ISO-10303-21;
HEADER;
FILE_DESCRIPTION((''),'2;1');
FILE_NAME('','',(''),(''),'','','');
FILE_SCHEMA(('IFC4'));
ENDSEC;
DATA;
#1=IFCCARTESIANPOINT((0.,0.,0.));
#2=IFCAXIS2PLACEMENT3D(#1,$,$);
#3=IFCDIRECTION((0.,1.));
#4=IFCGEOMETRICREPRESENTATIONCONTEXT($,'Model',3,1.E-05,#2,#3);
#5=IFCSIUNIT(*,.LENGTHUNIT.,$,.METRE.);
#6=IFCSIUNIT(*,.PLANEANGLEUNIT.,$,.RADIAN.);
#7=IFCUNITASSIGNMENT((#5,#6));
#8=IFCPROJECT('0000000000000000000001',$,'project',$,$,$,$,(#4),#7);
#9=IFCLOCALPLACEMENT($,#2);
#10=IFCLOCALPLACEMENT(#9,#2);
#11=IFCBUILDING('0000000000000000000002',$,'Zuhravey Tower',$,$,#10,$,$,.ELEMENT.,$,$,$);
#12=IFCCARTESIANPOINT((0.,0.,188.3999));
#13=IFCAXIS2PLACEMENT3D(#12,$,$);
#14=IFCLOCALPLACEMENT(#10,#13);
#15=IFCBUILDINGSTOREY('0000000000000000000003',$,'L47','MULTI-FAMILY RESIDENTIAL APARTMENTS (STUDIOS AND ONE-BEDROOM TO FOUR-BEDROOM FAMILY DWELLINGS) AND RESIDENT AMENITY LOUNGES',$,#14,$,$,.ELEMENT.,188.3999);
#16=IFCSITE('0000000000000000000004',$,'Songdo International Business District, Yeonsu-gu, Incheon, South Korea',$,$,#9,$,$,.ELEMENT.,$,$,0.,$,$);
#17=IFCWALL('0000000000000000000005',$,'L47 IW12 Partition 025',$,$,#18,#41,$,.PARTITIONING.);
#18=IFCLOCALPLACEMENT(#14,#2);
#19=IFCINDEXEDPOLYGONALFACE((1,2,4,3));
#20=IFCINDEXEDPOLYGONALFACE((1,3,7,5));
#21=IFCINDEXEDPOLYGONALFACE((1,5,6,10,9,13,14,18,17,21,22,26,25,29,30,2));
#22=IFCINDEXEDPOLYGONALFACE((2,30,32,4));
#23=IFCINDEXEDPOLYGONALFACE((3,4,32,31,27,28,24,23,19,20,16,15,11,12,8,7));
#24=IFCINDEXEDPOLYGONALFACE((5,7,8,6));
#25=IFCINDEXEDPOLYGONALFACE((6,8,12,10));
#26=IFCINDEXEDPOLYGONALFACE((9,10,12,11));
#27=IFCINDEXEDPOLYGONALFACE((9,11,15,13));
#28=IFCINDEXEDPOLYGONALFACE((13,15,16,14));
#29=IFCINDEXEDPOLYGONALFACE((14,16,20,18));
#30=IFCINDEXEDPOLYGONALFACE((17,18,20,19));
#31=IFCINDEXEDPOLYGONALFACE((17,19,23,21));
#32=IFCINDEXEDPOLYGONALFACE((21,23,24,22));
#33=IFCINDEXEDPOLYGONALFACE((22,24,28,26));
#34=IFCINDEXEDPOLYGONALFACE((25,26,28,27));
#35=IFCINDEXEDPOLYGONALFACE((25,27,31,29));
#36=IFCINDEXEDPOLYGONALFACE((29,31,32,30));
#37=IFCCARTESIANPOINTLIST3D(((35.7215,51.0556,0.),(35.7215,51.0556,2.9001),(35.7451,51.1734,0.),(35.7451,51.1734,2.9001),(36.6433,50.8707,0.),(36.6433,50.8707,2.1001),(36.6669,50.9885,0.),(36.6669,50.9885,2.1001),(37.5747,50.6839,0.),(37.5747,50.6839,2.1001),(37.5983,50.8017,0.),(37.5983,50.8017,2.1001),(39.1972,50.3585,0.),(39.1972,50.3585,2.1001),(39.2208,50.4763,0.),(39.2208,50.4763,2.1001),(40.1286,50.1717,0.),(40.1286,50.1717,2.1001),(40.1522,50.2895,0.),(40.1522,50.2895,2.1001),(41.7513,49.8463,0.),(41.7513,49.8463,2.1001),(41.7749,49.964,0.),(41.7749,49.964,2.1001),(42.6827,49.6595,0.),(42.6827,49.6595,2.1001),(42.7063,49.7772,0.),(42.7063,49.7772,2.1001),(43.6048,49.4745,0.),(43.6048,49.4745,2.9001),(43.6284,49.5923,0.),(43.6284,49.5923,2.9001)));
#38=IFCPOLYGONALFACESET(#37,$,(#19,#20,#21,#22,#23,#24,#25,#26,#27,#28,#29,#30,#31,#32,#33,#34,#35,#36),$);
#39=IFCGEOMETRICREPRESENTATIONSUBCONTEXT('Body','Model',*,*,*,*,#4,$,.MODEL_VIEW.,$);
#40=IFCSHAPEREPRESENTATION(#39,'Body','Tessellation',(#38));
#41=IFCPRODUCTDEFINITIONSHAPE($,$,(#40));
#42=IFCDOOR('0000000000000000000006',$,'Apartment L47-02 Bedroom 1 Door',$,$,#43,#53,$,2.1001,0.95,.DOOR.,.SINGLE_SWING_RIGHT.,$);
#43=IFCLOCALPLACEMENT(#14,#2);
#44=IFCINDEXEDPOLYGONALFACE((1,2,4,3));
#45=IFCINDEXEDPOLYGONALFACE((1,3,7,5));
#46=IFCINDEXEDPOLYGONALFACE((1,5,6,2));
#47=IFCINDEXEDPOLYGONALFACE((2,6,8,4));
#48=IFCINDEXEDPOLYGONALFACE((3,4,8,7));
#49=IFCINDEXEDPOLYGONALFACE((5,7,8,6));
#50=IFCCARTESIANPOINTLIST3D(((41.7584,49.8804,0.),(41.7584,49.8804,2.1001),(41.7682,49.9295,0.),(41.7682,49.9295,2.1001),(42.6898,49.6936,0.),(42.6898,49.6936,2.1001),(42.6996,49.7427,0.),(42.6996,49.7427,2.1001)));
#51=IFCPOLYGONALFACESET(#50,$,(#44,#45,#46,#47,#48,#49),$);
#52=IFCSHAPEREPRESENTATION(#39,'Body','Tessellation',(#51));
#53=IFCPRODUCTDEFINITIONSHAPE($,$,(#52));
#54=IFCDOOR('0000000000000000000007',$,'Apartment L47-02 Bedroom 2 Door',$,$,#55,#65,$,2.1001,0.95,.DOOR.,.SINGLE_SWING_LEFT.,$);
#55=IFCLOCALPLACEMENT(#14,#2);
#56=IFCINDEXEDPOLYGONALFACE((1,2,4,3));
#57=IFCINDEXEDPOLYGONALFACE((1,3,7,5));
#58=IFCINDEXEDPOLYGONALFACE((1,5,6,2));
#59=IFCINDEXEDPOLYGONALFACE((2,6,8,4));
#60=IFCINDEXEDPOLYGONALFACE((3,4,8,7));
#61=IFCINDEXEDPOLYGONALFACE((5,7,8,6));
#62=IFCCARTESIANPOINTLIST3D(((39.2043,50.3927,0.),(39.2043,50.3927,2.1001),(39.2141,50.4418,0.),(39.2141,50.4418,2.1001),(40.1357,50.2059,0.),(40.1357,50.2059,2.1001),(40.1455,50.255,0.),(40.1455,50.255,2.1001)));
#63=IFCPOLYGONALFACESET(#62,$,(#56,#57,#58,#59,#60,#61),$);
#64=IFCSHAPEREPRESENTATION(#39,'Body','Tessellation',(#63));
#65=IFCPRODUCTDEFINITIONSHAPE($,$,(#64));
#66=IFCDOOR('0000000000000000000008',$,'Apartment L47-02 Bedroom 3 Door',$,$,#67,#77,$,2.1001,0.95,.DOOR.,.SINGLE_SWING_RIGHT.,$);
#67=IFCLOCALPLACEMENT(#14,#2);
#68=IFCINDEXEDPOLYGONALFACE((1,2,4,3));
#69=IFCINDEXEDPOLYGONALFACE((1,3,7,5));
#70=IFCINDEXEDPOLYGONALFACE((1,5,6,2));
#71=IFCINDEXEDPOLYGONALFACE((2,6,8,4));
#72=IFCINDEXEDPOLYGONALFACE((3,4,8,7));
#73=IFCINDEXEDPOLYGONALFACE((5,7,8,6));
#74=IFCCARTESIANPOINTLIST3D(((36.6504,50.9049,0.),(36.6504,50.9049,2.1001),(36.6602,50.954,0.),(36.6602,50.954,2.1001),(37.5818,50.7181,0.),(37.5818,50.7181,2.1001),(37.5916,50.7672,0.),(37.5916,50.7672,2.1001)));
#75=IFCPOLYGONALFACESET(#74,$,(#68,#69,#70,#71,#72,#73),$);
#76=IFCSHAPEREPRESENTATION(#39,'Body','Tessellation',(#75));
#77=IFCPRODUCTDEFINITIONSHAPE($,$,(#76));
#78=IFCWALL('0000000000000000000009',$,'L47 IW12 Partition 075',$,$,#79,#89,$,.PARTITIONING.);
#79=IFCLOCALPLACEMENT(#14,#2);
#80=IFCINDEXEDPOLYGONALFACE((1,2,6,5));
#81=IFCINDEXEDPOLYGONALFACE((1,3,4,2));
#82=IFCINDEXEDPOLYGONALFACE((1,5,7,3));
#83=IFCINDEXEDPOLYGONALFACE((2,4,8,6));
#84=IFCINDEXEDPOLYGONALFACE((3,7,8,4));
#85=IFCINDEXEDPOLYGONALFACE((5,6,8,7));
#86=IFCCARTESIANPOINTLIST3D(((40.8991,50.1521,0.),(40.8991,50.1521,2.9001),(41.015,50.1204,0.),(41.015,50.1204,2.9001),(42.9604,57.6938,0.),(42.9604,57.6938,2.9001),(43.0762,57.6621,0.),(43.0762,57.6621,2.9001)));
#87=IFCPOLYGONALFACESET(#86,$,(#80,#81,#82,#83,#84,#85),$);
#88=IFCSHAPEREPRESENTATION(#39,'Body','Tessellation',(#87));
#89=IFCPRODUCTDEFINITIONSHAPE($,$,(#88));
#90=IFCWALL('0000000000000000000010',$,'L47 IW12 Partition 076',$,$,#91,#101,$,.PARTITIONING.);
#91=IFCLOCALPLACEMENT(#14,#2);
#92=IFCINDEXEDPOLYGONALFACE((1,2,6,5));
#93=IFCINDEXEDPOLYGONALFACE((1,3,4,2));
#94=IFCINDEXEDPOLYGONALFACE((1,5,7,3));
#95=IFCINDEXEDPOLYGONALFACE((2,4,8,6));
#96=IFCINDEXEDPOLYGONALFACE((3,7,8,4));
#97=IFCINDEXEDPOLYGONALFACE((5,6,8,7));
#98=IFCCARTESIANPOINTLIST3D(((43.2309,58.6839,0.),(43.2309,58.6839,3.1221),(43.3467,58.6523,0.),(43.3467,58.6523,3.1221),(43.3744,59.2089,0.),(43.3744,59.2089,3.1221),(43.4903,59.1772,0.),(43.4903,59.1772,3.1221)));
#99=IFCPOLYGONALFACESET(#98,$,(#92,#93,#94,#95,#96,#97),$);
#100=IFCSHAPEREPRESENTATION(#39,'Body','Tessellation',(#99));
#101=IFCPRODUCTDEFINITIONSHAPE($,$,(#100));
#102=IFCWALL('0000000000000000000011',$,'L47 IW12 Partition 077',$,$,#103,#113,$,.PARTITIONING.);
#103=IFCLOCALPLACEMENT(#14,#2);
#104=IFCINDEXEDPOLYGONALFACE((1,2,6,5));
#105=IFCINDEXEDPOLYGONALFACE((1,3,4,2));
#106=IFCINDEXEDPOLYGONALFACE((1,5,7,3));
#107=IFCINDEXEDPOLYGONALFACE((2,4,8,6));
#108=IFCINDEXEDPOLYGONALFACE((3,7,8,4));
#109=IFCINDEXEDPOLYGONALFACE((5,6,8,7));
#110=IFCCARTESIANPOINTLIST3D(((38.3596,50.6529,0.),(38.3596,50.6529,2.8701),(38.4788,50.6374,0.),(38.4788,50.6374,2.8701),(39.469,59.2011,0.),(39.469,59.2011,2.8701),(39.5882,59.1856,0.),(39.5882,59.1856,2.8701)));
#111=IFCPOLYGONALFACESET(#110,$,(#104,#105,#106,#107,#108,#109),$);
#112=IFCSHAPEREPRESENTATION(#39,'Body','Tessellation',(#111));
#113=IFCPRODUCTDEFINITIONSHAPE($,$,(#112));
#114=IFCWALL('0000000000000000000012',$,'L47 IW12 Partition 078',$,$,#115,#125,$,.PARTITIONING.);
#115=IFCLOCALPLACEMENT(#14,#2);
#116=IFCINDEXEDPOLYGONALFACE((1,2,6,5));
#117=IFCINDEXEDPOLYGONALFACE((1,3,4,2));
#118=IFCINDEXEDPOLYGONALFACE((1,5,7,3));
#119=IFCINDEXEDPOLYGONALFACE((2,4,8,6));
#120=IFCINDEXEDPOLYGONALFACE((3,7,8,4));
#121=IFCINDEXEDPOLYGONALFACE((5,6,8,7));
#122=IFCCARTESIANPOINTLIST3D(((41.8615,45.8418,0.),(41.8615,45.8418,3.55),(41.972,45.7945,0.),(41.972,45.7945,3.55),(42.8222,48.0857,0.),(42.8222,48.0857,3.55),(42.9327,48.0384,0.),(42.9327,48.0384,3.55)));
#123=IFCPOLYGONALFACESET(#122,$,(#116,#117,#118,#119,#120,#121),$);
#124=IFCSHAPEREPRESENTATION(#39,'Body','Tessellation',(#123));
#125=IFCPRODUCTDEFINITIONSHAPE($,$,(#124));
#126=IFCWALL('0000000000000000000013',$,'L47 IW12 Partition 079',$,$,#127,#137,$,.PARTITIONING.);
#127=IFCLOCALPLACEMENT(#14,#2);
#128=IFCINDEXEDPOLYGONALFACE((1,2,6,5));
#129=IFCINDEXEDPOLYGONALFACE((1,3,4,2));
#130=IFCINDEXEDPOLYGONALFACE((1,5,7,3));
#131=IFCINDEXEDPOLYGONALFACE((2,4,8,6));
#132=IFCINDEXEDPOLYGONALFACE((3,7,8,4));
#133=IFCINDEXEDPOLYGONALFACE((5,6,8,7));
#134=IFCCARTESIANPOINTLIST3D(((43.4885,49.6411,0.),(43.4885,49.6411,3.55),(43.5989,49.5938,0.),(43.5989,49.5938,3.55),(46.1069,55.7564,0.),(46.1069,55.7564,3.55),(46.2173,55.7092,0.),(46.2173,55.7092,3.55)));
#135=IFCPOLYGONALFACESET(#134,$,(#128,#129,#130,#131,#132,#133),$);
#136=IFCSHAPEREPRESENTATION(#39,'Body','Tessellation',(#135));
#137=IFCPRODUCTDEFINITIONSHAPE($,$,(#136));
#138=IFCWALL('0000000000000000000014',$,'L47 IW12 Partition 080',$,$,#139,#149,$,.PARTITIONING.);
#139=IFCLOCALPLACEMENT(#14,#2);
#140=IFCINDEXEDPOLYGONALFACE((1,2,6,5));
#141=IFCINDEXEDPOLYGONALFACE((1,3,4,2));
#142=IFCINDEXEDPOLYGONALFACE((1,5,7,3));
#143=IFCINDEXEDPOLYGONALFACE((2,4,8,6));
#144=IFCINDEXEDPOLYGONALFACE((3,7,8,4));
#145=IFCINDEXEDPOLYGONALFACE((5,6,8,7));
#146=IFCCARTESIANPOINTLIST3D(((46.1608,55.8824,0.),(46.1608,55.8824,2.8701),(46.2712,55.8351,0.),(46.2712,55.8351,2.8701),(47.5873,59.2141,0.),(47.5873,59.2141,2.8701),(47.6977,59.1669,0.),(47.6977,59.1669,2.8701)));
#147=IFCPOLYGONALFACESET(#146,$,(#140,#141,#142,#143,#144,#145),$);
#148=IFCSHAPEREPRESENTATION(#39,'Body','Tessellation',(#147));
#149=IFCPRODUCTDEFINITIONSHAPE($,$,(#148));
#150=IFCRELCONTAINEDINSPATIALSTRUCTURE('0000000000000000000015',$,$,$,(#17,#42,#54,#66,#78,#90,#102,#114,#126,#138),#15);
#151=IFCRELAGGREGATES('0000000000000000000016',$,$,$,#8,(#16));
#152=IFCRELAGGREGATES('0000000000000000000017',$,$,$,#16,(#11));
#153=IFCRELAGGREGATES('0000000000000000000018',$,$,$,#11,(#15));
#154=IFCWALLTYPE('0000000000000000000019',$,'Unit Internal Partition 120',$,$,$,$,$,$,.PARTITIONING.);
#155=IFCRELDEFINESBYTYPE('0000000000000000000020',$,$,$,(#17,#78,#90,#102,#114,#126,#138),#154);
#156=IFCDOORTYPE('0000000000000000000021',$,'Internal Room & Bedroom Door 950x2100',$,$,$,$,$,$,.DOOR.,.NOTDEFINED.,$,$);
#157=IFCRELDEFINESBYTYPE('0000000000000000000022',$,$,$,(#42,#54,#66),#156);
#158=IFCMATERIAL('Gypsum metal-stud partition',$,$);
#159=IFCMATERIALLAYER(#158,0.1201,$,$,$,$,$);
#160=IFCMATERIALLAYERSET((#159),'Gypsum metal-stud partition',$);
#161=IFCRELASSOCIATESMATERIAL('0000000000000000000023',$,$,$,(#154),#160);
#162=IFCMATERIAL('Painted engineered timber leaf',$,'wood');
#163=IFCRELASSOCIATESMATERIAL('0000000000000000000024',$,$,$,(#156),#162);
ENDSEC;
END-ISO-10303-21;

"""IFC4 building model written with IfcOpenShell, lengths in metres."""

from ifc_helpers import new_model, si_unit, direction, frame, frame_2d, origin, place, context, subcontext, project, spatial, rectangle, extrude, material, layer, layer_set, type_object, element, fill, save


model = new_model("IFC4")

# Units and contexts
model_context = context("Model", 3, precision=1e-05, world=origin(), true_north=direction((0.0, 1.0)))
body_context = subcontext(model_context, "Body", "Model", "MODEL_VIEW")
ifc_project = project(units=[si_unit("LENGTHUNIT", "METRE"), si_unit("PLANEANGLEUNIT", "RADIAN")], contexts=[model_context])

# Site, building, storey
site_placement = place(None, origin())
site = spatial("IfcSite", under=ifc_project, at=site_placement, Name="Songdo International Business District, Yeonsu-gu, Incheon, South Korea", CompositionType="ELEMENT", RefElevation=0.0)
building_placement = place(site_placement, origin())
building = spatial("IfcBuilding", under=site, at=building_placement, Name="Zuhravey Tower", CompositionType="ELEMENT")
storey_placement = place(building_placement, frame((0.0, 0.0, 188.3999)))
storey = spatial("IfcBuildingStorey", under=building, at=storey_placement, Name="L47", Description="MULTI-FAMILY RESIDENTIAL APARTMENTS (STUDIOS AND ONE-BEDROOM TO FOUR-BEDROOM FAMILY DWELLINGS) AND RESIDENT AMENITY LOUNGES", CompositionType="ELEMENT", Elevation=188.3999)

# Wall, openings, doors
ifc_material_1 = material(Name="Gypsum metal-stud partition")
ifc_layer_1 = layer(ifc_material_1, 0.1201)
ifc_layer_set_1 = layer_set([ifc_layer_1], Name="Gypsum metal-stud partition")
wall_type_1 = type_object("IfcWallType", Name="Unit Internal Partition 120", PredefinedType="PARTITIONING", material=ifc_layer_set_1)
ifc_material_2 = material(Name="Painted engineered timber leaf", Category="wood")
door_type_1 = type_object("IfcDoorType", Name="Internal Room & Bedroom Door 950x2100", OperationType="NOTDEFINED", PredefinedType="DOOR", material=ifc_material_2)
wall_1_placement = place(storey_placement, frame((43.6165, 49.5334, 0.0), z_axis=(0.0, 0.0, 1.0), x_axis=(-0.980475, 0.196642, 0.0)))
wall_1 = element("IfcWall", 1, at=wall_1_placement, inside=storey, type_object=wall_type_1, Name="L47 IW12 Partition 025", PredefinedType="PARTITIONING", context=body_context, shape_type="SweptSolid", body=[
    extrude(rectangle(XDim=8.0403, YDim=0.1201, at=frame_2d((4.02, 0.0))), origin(), (0.0, 0.0, 1.0), 2.9001),
])
opening_1_placement = place(wall_1_placement, frame((0.9402, 0.0, 0.0)))
opening_1 = element("IfcOpeningElement", 2, at=opening_1_placement, cuts=wall_1, PredefinedType="OPENING", context=body_context, shape_type="SweptSolid", body=[
    extrude(rectangle(XDim=0.95, YDim=2.1001, at=frame_2d((0.4751, 1.05))), frame((0.0, 0.072, 0.0), z_axis=(0.0, -1.0, 0.0), x_axis=(1.0, 0.0, 0.0)), (0.0, 0.0, 1.0), 0.144),
])
opening_2_placement = place(wall_1_placement, frame((3.5452, 0.0, 0.0)))
opening_2 = element("IfcOpeningElement", 3, at=opening_2_placement, cuts=wall_1, PredefinedType="OPENING", context=body_context, shape_type="SweptSolid", body=[
    extrude(rectangle(XDim=0.95, YDim=2.1001, at=frame_2d((0.4751, 1.05))), frame((0.0, 0.072, 0.0), z_axis=(0.0, -1.0, 0.0), x_axis=(1.0, 0.0, 0.0)), (0.0, 0.0, 1.0), 0.144),
])
opening_3_placement = place(wall_1_placement, frame((6.1499, 0.0, 0.0)))
opening_3 = element("IfcOpeningElement", 4, at=opening_3_placement, cuts=wall_1, PredefinedType="OPENING", context=body_context, shape_type="SweptSolid", body=[
    extrude(rectangle(XDim=0.95, YDim=2.1001, at=frame_2d((0.4751, 1.05))), frame((0.0, 0.072, 0.0), z_axis=(0.0, -1.0, 0.0), x_axis=(1.0, 0.0, 0.0)), (0.0, 0.0, 1.0), 0.144),
])
door_1_placement = place(opening_1_placement, frame((0.95, 0.0, 0.0), z_axis=(0.0, 0.0, 1.0), x_axis=(-1.0, 0.0, 0.0)))
door_1 = element("IfcDoor", 5, at=door_1_placement, inside=storey, type_object=door_type_1, Name="Apartment L47-02 Bedroom 1 Door", OperationType="SINGLE_SWING_RIGHT", OverallHeight=2.1001, OverallWidth=0.95, PredefinedType="DOOR", context=body_context, shape_type="SweptSolid", body=[
    extrude(rectangle(XDim=0.95, YDim=2.1001, at=frame_2d((0.4751, 1.05))), frame((0.0, 0.0249, 0.0), z_axis=(0.0, -1.0, 0.0), x_axis=(1.0, 0.0, 0.0)), (0.0, 0.0, 1.0), 0.05),
])
fill(opening_1, door_1)
door_2_placement = place(opening_2_placement, frame((0.95, 0.0, 0.0), z_axis=(0.0, 0.0, 1.0), x_axis=(-1.0, 0.0, 0.0)))
door_2 = element("IfcDoor", 6, at=door_2_placement, inside=storey, type_object=door_type_1, Name="Apartment L47-02 Bedroom 2 Door", OperationType="SINGLE_SWING_LEFT", OverallHeight=2.1001, OverallWidth=0.95, PredefinedType="DOOR", context=body_context, shape_type="SweptSolid", body=[
    extrude(rectangle(XDim=0.95, YDim=2.1001, at=frame_2d((0.4751, 1.05))), frame((0.0, 0.0249, 0.0), z_axis=(0.0, -1.0, 0.0), x_axis=(1.0, 0.0, 0.0)), (0.0, 0.0, 1.0), 0.05),
])
fill(opening_2, door_2)
door_3_placement = place(opening_3_placement, frame((0.95, 0.0, 0.0), z_axis=(0.0, 0.0, 1.0), x_axis=(-1.0, 0.0, 0.0)))
door_3 = element("IfcDoor", 7, at=door_3_placement, inside=storey, type_object=door_type_1, Name="Apartment L47-02 Bedroom 3 Door", OperationType="SINGLE_SWING_RIGHT", OverallHeight=2.1001, OverallWidth=0.95, PredefinedType="DOOR", context=body_context, shape_type="SweptSolid", body=[
    extrude(rectangle(XDim=0.95, YDim=2.1001, at=frame_2d((0.4751, 1.05))), frame((0.0, 0.0249, 0.0), z_axis=(0.0, -1.0, 0.0), x_axis=(1.0, 0.0, 0.0)), (0.0, 0.0, 1.0), 0.05),
])
fill(opening_3, door_3)

# Walls
wall_2_placement = place(storey_placement, frame((40.957, 50.1362, 0.0), z_axis=(0.0, 0.0, 1.0), x_axis=(0.263646, 0.96462, 0.0)))
element("IfcWall", 8, at=wall_2_placement, inside=storey, type_object=wall_type_1, Name="L47 IW12 Partition 075", PredefinedType="PARTITIONING", context=body_context, shape_type="SweptSolid", body=[
    extrude(rectangle(XDim=7.8184, YDim=0.1201, at=frame_2d((3.9092, 0.0))), origin(), (0.0, 0.0, 1.0), 2.9001),
])
wall_3_placement = place(storey_placement, frame((43.2888, 58.6682, 0.0), z_axis=(0.0, 0.0, 1.0), x_axis=(0.263801, 0.964577, 0.0)))
element("IfcWall", 9, at=wall_3_placement, inside=storey, type_object=wall_type_1, Name="L47 IW12 Partition 076", PredefinedType="PARTITIONING", context=body_context, shape_type="SweptSolid", body=[
    extrude(rectangle(XDim=0.5442, YDim=0.1201, at=frame_2d((0.272, 0.0))), origin(), (0.0, 0.0, 1.0), 3.1221),
])
wall_4_placement = place(storey_placement, frame((38.4192, 50.645, 0.0), z_axis=(0.0, 0.0, 1.0), x_axis=(0.128701, 0.991683, 0.0)))
element("IfcWall", 10, at=wall_4_placement, inside=storey, type_object=wall_type_1, Name="L47 IW12 Partition 077", PredefinedType="PARTITIONING", context=body_context, shape_type="SweptSolid", body=[
    extrude(rectangle(XDim=8.6199, YDim=0.1201, at=frame_2d((4.3101, 0.0))), origin(), (0.0, 0.0, 1.0), 2.8701),
])
wall_5_placement = place(storey_placement, frame((41.9167, 45.8181, 0.0), z_axis=(0.0, 0.0, 1.0), x_axis=(0.393581, 0.91929, 0.0)))
element("IfcWall", 11, at=wall_5_placement, inside=storey, type_object=wall_type_1, Name="L47 IW12 Partition 078", PredefinedType="PARTITIONING", context=body_context, shape_type="SweptSolid", body=[
    extrude(rectangle(XDim=2.4409, YDim=0.1201, at=frame_2d((1.2205, 0.0))), origin(), (0.0, 0.0, 1.0), 3.55),
])
wall_6_placement = place(storey_placement, frame((43.5437, 49.6174, 0.0), z_axis=(0.0, 0.0, 1.0), x_axis=(0.3936, 0.919282, 0.0)))
element("IfcWall", 12, at=wall_6_placement, inside=storey, type_object=wall_type_1, Name="L47 IW12 Partition 079", PredefinedType="PARTITIONING", context=body_context, shape_type="SweptSolid", body=[
    extrude(rectangle(XDim=6.6523, YDim=0.1201, at=frame_2d((3.3262, 0.0))), origin(), (0.0, 0.0, 1.0), 3.55),
])
wall_7_placement = place(storey_placement, frame((46.2161, 55.8589, 0.0), z_axis=(0.0, 0.0, 1.0), x_axis=(0.393594, 0.919284, 0.0)))
element("IfcWall", 13, at=wall_7_placement, inside=storey, type_object=wall_type_1, Name="L47 IW12 Partition 080", PredefinedType="PARTITIONING", context=body_context, shape_type="SweptSolid", body=[
    extrude(rectangle(XDim=3.6243, YDim=0.1201, at=frame_2d((1.812, 0.0))), origin(), (0.0, 0.0, 1.0), 2.8701),
])

save(model, "model.ifc")
